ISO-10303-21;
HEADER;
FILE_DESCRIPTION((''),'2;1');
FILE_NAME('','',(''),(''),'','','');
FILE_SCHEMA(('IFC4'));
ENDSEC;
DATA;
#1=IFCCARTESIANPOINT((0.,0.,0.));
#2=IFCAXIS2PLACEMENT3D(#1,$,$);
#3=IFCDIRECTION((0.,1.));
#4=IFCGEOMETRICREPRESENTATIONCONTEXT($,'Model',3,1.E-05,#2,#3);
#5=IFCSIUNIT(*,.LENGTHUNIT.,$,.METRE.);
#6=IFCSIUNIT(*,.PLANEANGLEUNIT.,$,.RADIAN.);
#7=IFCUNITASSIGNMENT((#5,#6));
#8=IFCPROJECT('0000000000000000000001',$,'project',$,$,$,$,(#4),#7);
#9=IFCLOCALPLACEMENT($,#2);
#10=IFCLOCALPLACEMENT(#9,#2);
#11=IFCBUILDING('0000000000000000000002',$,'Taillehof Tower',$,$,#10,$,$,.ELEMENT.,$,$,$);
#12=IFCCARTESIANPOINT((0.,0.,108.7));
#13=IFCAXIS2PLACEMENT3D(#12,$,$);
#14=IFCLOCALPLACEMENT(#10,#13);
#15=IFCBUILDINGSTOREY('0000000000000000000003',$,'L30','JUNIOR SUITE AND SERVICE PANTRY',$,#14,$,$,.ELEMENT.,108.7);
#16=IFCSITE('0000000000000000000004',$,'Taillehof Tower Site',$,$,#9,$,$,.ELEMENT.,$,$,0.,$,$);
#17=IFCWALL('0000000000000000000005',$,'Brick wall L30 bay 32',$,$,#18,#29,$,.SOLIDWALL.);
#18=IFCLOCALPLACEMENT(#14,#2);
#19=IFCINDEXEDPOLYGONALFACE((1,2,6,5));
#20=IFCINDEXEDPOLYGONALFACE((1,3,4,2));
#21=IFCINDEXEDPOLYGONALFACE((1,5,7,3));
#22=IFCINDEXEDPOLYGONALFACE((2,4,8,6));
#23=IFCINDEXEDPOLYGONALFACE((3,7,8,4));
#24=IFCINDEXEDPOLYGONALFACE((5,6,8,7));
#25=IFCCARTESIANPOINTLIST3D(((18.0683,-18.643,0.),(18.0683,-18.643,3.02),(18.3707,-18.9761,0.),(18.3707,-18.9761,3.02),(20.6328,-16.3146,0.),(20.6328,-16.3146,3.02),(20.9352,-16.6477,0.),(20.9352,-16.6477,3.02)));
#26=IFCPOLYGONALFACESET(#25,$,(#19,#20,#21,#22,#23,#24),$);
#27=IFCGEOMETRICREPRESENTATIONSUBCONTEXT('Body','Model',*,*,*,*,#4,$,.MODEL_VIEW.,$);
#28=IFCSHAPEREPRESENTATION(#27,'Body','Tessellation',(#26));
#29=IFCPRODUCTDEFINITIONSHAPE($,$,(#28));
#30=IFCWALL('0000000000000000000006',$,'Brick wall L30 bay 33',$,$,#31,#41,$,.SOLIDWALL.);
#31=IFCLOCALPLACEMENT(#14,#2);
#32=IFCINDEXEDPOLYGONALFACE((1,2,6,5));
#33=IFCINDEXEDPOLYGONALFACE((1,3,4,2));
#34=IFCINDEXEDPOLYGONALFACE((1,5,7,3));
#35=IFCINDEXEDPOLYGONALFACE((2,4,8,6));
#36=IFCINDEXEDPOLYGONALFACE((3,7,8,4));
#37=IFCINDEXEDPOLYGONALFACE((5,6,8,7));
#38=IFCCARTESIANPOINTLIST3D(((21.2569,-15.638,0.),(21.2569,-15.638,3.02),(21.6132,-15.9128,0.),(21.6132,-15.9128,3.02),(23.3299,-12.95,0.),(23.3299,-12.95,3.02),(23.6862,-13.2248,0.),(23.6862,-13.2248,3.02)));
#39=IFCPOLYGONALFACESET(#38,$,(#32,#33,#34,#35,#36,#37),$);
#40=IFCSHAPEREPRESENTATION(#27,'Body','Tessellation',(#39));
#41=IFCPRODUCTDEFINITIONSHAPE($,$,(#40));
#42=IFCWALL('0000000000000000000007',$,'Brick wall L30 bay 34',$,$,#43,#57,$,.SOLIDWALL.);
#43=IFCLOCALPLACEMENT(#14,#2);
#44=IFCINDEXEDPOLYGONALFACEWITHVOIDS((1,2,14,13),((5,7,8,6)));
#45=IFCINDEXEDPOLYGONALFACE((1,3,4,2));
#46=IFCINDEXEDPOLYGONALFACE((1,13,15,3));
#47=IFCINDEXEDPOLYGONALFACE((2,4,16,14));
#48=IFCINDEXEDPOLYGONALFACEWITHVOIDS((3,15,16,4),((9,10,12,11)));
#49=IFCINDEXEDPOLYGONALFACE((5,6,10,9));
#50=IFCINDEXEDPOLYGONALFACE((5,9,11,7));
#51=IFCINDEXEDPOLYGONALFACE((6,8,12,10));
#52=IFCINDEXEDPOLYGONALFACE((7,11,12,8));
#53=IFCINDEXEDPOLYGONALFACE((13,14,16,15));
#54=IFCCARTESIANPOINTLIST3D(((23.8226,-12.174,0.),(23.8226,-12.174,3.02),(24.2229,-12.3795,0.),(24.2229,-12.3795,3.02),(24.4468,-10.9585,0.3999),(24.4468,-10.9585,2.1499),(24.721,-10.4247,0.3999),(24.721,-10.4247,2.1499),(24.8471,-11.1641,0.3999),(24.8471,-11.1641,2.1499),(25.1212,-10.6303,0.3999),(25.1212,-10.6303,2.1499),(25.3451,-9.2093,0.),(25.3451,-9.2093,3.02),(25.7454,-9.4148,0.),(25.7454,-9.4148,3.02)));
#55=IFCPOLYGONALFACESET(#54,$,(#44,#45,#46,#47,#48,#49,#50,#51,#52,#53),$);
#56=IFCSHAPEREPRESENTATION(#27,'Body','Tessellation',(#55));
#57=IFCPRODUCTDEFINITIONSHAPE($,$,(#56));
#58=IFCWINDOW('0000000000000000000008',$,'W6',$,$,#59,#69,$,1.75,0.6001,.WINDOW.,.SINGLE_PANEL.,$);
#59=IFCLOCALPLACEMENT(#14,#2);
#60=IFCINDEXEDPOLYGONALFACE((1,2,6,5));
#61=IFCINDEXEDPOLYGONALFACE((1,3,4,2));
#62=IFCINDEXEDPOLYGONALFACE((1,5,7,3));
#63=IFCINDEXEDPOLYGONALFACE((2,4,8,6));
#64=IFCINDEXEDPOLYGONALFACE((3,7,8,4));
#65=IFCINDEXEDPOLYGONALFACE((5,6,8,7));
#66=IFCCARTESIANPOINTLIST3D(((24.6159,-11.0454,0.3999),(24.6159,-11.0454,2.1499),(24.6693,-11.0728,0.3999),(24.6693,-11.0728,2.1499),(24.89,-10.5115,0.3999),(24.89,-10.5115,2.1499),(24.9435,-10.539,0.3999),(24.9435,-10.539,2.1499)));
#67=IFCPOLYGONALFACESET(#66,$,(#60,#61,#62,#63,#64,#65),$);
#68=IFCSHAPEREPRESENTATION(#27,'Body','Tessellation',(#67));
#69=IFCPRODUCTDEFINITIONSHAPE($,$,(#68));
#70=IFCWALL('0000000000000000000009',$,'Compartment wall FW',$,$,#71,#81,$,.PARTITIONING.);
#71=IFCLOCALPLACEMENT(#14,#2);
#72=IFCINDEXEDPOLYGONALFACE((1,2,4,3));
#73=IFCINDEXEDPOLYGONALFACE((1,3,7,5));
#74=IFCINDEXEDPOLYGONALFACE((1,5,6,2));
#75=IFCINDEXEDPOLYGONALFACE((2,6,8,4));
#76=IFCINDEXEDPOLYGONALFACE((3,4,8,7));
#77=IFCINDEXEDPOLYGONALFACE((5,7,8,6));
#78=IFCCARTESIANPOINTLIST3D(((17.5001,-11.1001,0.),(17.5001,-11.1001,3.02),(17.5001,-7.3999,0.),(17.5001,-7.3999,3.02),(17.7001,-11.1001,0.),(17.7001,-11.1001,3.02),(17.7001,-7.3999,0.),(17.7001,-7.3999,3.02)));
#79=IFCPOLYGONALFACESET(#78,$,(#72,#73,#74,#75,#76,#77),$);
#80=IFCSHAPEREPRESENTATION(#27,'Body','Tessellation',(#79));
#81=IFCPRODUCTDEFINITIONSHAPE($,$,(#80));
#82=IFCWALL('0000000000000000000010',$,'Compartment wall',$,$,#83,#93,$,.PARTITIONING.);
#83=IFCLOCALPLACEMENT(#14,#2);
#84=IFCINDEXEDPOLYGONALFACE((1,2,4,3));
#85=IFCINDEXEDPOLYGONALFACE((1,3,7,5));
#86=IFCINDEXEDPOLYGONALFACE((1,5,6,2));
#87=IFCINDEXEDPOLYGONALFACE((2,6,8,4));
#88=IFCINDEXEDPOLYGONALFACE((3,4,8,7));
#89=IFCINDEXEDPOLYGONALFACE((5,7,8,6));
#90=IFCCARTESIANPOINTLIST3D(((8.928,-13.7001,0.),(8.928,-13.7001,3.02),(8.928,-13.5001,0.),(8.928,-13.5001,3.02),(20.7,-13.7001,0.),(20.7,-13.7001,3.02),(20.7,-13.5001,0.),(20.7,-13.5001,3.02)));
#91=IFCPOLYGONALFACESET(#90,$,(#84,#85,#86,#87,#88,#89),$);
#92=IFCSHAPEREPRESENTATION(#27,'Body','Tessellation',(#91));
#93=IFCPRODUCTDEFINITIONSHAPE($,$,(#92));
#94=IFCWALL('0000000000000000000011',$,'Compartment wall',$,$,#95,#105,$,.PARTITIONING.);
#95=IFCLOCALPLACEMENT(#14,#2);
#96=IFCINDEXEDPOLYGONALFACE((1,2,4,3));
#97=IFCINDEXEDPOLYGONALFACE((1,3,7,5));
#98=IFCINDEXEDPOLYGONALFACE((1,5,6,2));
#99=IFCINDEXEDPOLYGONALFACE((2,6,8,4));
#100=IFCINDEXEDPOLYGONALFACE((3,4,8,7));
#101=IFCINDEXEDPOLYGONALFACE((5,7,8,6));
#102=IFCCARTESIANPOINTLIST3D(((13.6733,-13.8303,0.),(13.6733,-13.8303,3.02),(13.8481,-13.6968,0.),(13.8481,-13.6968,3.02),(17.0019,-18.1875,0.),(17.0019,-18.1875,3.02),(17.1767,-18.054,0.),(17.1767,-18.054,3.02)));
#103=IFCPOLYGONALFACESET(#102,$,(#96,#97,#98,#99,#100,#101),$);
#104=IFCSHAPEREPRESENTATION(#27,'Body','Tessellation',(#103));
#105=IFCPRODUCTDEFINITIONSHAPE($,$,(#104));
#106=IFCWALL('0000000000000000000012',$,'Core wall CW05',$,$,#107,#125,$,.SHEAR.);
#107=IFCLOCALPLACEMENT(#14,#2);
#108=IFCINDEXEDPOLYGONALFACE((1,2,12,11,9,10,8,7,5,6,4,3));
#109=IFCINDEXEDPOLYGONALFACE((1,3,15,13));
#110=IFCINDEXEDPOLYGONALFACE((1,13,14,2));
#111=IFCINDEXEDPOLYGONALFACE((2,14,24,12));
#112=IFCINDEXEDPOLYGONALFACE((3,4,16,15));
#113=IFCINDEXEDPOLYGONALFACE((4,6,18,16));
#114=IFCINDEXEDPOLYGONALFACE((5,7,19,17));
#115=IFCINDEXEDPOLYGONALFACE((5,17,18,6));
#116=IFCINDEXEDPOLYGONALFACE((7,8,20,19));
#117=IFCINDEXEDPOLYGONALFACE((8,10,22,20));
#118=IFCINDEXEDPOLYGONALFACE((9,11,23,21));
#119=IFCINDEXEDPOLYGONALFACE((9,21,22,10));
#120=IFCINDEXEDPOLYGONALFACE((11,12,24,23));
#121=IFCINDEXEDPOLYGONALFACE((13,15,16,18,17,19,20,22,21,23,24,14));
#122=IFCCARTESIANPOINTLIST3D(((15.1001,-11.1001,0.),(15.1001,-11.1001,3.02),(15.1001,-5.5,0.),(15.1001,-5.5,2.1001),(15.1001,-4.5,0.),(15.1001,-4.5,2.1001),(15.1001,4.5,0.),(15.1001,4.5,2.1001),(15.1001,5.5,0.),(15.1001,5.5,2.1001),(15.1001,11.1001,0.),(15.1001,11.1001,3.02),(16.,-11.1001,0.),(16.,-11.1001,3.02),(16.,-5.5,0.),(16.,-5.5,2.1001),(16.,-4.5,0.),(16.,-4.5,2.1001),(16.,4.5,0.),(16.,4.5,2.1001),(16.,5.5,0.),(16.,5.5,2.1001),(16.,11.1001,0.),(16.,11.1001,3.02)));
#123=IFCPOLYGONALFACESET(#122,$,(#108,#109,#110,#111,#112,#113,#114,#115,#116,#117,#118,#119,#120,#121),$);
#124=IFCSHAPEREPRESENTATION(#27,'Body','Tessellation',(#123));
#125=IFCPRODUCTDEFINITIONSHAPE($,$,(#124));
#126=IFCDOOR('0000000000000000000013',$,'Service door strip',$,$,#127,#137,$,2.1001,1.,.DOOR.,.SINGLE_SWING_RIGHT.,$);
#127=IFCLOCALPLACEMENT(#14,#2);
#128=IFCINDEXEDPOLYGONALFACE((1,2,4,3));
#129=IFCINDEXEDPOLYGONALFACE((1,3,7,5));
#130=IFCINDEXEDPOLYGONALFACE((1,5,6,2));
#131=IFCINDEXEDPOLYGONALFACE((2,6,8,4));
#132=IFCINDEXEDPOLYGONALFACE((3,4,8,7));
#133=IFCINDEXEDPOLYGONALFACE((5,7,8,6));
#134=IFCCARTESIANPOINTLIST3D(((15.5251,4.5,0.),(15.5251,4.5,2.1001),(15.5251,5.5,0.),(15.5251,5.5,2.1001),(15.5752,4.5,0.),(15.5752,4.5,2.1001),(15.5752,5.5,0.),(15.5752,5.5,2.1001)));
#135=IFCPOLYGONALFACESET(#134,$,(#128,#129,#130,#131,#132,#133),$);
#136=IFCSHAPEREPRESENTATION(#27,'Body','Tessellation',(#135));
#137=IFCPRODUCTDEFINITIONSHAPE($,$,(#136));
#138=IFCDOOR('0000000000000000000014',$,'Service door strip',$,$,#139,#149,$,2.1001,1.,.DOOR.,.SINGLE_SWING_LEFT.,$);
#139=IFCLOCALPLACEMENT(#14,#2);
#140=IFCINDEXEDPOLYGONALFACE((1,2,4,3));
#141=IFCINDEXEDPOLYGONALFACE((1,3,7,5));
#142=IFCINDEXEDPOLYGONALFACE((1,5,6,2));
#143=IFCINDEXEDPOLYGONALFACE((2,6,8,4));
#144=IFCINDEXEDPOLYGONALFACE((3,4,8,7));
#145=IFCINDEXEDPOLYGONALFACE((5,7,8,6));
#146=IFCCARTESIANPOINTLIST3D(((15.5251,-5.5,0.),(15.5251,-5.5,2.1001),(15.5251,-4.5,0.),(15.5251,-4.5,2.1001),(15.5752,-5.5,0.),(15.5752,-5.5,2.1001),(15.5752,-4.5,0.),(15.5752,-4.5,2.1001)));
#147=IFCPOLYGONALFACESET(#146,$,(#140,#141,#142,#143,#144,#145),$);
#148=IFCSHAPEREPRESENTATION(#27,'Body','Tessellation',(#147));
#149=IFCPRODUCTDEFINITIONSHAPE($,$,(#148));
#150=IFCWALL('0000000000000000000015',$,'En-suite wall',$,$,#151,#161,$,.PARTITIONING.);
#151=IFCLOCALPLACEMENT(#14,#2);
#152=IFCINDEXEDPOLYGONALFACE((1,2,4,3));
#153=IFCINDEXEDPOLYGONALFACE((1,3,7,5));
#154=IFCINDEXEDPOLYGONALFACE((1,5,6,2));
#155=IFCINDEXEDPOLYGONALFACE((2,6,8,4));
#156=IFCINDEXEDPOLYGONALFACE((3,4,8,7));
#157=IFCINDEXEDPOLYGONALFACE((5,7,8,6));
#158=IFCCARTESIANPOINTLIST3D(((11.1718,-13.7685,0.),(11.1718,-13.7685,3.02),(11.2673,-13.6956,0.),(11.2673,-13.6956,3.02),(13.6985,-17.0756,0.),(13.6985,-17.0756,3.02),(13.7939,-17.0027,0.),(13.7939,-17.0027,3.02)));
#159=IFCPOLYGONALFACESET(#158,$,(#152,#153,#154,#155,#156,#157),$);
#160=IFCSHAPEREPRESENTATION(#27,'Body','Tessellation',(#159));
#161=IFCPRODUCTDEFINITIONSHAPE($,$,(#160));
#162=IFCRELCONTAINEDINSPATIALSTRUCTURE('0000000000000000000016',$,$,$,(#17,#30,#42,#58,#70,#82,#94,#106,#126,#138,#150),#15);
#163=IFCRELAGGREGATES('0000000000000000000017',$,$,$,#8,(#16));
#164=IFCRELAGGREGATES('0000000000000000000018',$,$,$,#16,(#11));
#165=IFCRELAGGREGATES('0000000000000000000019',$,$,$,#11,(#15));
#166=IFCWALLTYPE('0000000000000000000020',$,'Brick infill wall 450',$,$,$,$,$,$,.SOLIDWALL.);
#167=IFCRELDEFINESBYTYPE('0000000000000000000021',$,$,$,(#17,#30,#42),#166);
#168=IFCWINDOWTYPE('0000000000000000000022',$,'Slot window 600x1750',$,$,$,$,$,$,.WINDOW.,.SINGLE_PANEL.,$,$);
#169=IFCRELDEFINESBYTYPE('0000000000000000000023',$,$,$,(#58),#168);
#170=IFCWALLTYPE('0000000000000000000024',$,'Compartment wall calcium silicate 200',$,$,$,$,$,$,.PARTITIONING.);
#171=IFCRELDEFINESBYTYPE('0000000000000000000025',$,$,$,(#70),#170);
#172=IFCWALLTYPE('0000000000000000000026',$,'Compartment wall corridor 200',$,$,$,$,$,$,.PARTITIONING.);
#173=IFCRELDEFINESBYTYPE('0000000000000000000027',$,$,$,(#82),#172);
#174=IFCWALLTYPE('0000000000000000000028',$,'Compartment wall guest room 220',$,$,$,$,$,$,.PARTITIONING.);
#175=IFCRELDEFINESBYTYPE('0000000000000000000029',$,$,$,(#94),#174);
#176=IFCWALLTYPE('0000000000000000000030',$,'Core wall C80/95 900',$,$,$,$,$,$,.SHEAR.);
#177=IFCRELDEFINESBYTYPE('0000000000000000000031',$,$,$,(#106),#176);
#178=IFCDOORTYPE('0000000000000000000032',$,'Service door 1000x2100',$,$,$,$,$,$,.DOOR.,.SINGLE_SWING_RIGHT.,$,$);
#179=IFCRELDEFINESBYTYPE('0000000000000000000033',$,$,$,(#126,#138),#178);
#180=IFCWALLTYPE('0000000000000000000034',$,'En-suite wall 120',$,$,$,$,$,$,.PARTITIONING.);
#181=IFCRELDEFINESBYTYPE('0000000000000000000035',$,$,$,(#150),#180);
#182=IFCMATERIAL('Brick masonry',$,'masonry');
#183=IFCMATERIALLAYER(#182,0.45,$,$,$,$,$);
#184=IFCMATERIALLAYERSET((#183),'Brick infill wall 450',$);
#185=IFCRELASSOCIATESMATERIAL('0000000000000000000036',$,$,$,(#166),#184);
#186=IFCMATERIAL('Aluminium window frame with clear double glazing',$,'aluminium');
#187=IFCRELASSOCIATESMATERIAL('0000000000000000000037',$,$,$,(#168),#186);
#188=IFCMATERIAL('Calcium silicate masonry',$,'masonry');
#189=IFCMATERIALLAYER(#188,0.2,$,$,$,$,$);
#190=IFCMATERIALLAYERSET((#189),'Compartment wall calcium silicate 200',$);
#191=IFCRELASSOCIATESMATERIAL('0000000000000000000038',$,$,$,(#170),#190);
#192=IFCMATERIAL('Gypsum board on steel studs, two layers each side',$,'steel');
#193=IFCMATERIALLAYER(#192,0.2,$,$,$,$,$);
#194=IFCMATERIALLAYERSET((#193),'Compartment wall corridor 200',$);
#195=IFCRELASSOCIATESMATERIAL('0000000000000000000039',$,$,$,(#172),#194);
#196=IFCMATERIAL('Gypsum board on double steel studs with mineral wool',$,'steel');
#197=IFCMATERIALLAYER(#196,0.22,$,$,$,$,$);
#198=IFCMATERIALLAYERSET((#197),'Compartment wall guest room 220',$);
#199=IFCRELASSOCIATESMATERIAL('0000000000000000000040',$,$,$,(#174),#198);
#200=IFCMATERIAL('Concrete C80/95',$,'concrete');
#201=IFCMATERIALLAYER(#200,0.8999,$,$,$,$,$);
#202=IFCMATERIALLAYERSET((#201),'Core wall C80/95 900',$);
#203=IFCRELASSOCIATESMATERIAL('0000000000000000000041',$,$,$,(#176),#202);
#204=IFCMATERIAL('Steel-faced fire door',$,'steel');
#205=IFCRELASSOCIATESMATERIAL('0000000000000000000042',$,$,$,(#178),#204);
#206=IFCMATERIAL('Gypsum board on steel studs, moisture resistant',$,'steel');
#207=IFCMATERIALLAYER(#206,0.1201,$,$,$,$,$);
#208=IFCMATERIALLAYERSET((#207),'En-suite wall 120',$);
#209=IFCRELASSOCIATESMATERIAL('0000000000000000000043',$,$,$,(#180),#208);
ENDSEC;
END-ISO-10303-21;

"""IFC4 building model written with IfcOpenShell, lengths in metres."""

from ifc_helpers import new_model, si_unit, direction, frame, frame_2d, origin, place, context, subcontext, project, spatial, rectangle, extrude, material, layer, layer_set, type_object, element, fill, save


model = new_model("IFC4")

# Units and contexts
model_context = context("Model", 3, precision=1e-05, world=origin(), true_north=direction((0.0, 1.0)))
body_context = subcontext(model_context, "Body", "Model", "MODEL_VIEW")
ifc_project = project(units=[si_unit("LENGTHUNIT", "METRE"), si_unit("PLANEANGLEUNIT", "RADIAN")], contexts=[model_context])

# Site, building, storey
site_placement = place(None, origin())
site = spatial("IfcSite", under=ifc_project, at=site_placement, Name="Taillehof Tower Site", CompositionType="ELEMENT", RefElevation=0.0)
building_placement = place(site_placement, origin())
building = spatial("IfcBuilding", under=site, at=building_placement, Name="Taillehof Tower", CompositionType="ELEMENT")
storey_placement = place(building_placement, frame((0.0, 0.0, 108.7)))
storey = spatial("IfcBuildingStorey", under=building, at=storey_placement, Name="L30", Description="JUNIOR SUITE AND SERVICE PANTRY", CompositionType="ELEMENT", Elevation=108.7)

# Shared definitions
ifc_material_1 = material(Name="Brick masonry", Category="masonry")
ifc_layer_1 = layer(ifc_material_1, 0.45)
ifc_layer_set_1 = layer_set([ifc_layer_1], Name="Brick infill wall 450")
wall_type_1 = type_object("IfcWallType", Name="Brick infill wall 450", PredefinedType="SOLIDWALL", material=ifc_layer_set_1)

# Walls
wall_1_placement = place(storey_placement, frame((18.2195, -18.8096, 0.0), z_axis=(0.0, 0.0, 1.0), x_axis=(0.740364, 0.672206, 0.0)))
element("IfcWall", 1, at=wall_1_placement, inside=storey, type_object=wall_type_1, Name="Brick wall L30 bay 32", PredefinedType="SOLIDWALL", context=body_context, shape_type="SweptSolid", body=[
    extrude(rectangle(XDim=3.4639, YDim=0.45, at=frame_2d((1.7319, 0.0))), origin(), (0.0, 0.0, 1.0), 3.02),
])
wall_2_placement = place(storey_placement, frame((21.4351, -15.7754, 0.0), z_axis=(0.0, 0.0, 1.0), x_axis=(0.610694, 0.791867, 0.0)))
element("IfcWall", 2, at=wall_2_placement, inside=storey, type_object=wall_type_1, Name="Brick wall L30 bay 33", PredefinedType="SOLIDWALL", context=body_context, shape_type="SweptSolid", body=[
    extrude(rectangle(XDim=3.3945, YDim=0.45, at=frame_2d((1.6973, 0.0))), origin(), (0.0, 0.0, 1.0), 3.02),
])

# Wall, opening, window
wall_3_placement = place(storey_placement, frame((24.0227, -12.2769, 0.0), z_axis=(0.0, 0.0, 1.0), x_axis=(0.456828, 0.889555, 0.0)))
wall_3 = element("IfcWall", 3, at=wall_3_placement, inside=storey, type_object=wall_type_1, Name="Brick wall L30 bay 34", PredefinedType="SOLIDWALL", context=body_context, shape_type="SweptSolid", body=[
    extrude(rectangle(XDim=3.3328, YDim=0.45, at=frame_2d((1.6665, 0.0))), origin(), (0.0, 0.0, 1.0), 3.02),
])
opening_1_placement = place(wall_3_placement, frame((1.3665, 0.0, 0.3999)))
opening_1 = element("IfcOpeningElement", 4, at=opening_1_placement, cuts=wall_3, PredefinedType="OPENING", context=body_context, shape_type="SweptSolid", body=[
    extrude(rectangle(XDim=0.6001, YDim=1.75, at=frame_2d((0.3, 0.875))), frame((0.0, 0.2349, 0.0), z_axis=(0.0, -1.0, 0.0), x_axis=(1.0, 0.0, 0.0)), (0.0, 0.0, 1.0), 0.47),
])
ifc_material_2 = material(Name="Aluminium window frame with clear double glazing", Category="aluminium")
window_type_1 = type_object("IfcWindowType", Name="Slot window 600x1750", PartitioningType="SINGLE_PANEL", PredefinedType="WINDOW", material=ifc_material_2)
window_1_placement = place(opening_1_placement, origin())
window_1 = element("IfcWindow", 5, at=window_1_placement, inside=storey, type_object=window_type_1, Name="W6", OverallHeight=1.75, OverallWidth=0.6001, PartitioningType="SINGLE_PANEL", PredefinedType="WINDOW", context=body_context, shape_type="SweptSolid", body=[
    extrude(rectangle(XDim=0.6001, YDim=1.75, at=frame_2d((0.3, 0.875))), frame((0.0, 0.0349, 0.0), z_axis=(0.0, -1.0, 0.0), x_axis=(1.0, 0.0, 0.0)), (0.0, 0.0, 1.0), 0.0601),
])
fill(opening_1, window_1)

# Walls
ifc_material_3 = material(Name="Calcium silicate masonry", Category="masonry")
ifc_layer_2 = layer(ifc_material_3, 0.2)
ifc_layer_set_2 = layer_set([ifc_layer_2], Name="Compartment wall calcium silicate 200")
wall_type_2 = type_object("IfcWallType", Name="Compartment wall calcium silicate 200", PredefinedType="PARTITIONING", material=ifc_layer_set_2)
wall_4_placement = place(storey_placement, frame((17.6001, -11.1001, 0.0), z_axis=(0.0, 0.0, 1.0), x_axis=(0.0, 1.0, 0.0)))
element("IfcWall", 6, at=wall_4_placement, inside=storey, type_object=wall_type_2, Name="Compartment wall FW", PredefinedType="PARTITIONING", context=body_context, shape_type="SweptSolid", body=[
    extrude(rectangle(XDim=3.7002, YDim=0.2, at=frame_2d((1.8501, 0.0))), origin(), (0.0, 0.0, 1.0), 3.02),
])
ifc_material_4 = material(Name="Gypsum board on steel studs, two layers each side", Category="steel")
ifc_layer_3 = layer(ifc_material_4, 0.2)
ifc_layer_set_3 = layer_set([ifc_layer_3], Name="Compartment wall corridor 200")
wall_type_3 = type_object("IfcWallType", Name="Compartment wall corridor 200", PredefinedType="PARTITIONING", material=ifc_layer_set_3)
wall_5_placement = place(storey_placement, frame((20.7, -13.6001, 0.0), z_axis=(0.0, 0.0, 1.0), x_axis=(-1.0, 0.0, 0.0)))
element("IfcWall", 7, at=wall_5_placement, inside=storey, type_object=wall_type_3, Name="Compartment wall", PredefinedType="PARTITIONING", context=body_context, shape_type="SweptSolid", body=[
    extrude(rectangle(XDim=11.772, YDim=0.2, at=frame_2d((5.886, 0.0))), origin(), (0.0, 0.0, 1.0), 3.02),
])
ifc_material_5 = material(Name="Gypsum board on double steel studs with mineral wool", Category="steel")
ifc_layer_4 = layer(ifc_material_5, 0.22)
ifc_layer_set_4 = layer_set([ifc_layer_4], Name="Compartment wall guest room 220")
wall_type_4 = type_object("IfcWallType", Name="Compartment wall guest room 220", PredefinedType="PARTITIONING", material=ifc_layer_set_4)
wall_6_placement = place(storey_placement, frame((17.0894, -18.1208, 0.0), z_axis=(0.0, 0.0, 1.0), x_axis=(-0.607065, 0.794652, 0.0)))
element("IfcWall", 8, at=wall_6_placement, inside=storey, type_object=wall_type_4, Name="Compartment wall", PredefinedType="PARTITIONING", context=body_context, shape_type="SweptSolid", body=[
    extrude(rectangle(XDim=5.4832, YDim=0.22, at=frame_2d((2.7417, 0.0))), origin(), (0.0, 0.0, 1.0), 3.02),
])

# Wall, openings, doors
ifc_material_6 = material(Name="Concrete C80/95", Category="concrete")
ifc_layer_5 = layer(ifc_material_6, 0.8999)
ifc_layer_set_5 = layer_set([ifc_layer_5], Name="Core wall C80/95 900")
wall_type_5 = type_object("IfcWallType", Name="Core wall C80/95 900", PredefinedType="SHEAR", material=ifc_layer_set_5)
wall_7_placement = place(storey_placement, frame((15.55, -11.1001, 0.0), z_axis=(0.0, 0.0, 1.0), x_axis=(0.0, 1.0, 0.0)))
wall_7 = element("IfcWall", 9, at=wall_7_placement, inside=storey, type_object=wall_type_5, Name="Core wall CW05", PredefinedType="SHEAR", context=body_context, shape_type="SweptSolid", body=[
    extrude(rectangle(XDim=22.2002, YDim=0.8999, at=frame_2d((11.1001, 0.0))), origin(), (0.0, 0.0, 1.0), 3.02),
])
opening_2_placement = place(wall_7_placement, frame((15.6001, 0.0, 0.0)))
opening_2 = element("IfcOpeningElement", 10, at=opening_2_placement, cuts=wall_7, PredefinedType="OPENING", context=body_context, shape_type="SweptSolid", body=[
    extrude(rectangle(XDim=1.0, YDim=2.1001, at=frame_2d((0.5, 1.05))), frame((0.0, 0.46, 0.0), z_axis=(0.0, -1.0, 0.0), x_axis=(1.0, 0.0, 0.0)), (0.0, 0.0, 1.0), 0.9199),
])
opening_3_placement = place(wall_7_placement, frame((5.6001, 0.0, 0.0)))
opening_3 = element("IfcOpeningElement", 11, at=opening_3_placement, cuts=wall_7, PredefinedType="OPENING", context=body_context, shape_type="SweptSolid", body=[
    extrude(rectangle(XDim=1.0, YDim=2.1001, at=frame_2d((0.5, 1.05))), frame((0.0, 0.46, 0.0), z_axis=(0.0, -1.0, 0.0), x_axis=(1.0, 0.0, 0.0)), (0.0, 0.0, 1.0), 0.9199),
])
ifc_material_7 = material(Name="Steel-faced fire door", Category="steel")
door_type_1 = type_object("IfcDoorType", Name="Service door 1000x2100", OperationType="SINGLE_SWING_RIGHT", PredefinedType="DOOR", material=ifc_material_7)
door_1_placement = place(opening_2_placement, origin())
door_1 = element("IfcDoor", 12, at=door_1_placement, inside=storey, type_object=door_type_1, Name="Service door strip", OperationType="SINGLE_SWING_RIGHT", OverallHeight=2.1001, OverallWidth=1.0, PredefinedType="DOOR", context=body_context, shape_type="SweptSolid", body=[
    extrude(rectangle(XDim=1.0, YDim=2.1001, at=frame_2d((0.5, 1.05))), frame((0.0, 0.0249, 0.0), z_axis=(0.0, -1.0, 0.0), x_axis=(1.0, 0.0, 0.0)), (0.0, 0.0, 1.0), 0.05),
])
fill(opening_2, door_1)
door_2_placement = place(opening_3_placement, origin())
door_2 = element("IfcDoor", 13, at=door_2_placement, inside=storey, type_object=door_type_1, Name="Service door strip", OperationType="SINGLE_SWING_LEFT", OverallHeight=2.1001, OverallWidth=1.0, PredefinedType="DOOR", context=body_context, shape_type="SweptSolid", body=[
    extrude(rectangle(XDim=1.0, YDim=2.1001, at=frame_2d((0.5, 1.05))), frame((0.0, 0.0249, 0.0), z_axis=(0.0, -1.0, 0.0), x_axis=(1.0, 0.0, 0.0)), (0.0, 0.0, 1.0), 0.05),
])
fill(opening_3, door_2)

# Wall
ifc_material_8 = material(Name="Gypsum board on steel studs, moisture resistant", Category="steel")
ifc_layer_6 = layer(ifc_material_8, 0.1201)
ifc_layer_set_6 = layer_set([ifc_layer_6], Name="En-suite wall 120")
wall_type_6 = type_object("IfcWallType", Name="En-suite wall 120", PredefinedType="PARTITIONING", material=ifc_layer_set_6)
wall_8_placement = place(storey_placement, frame((11.2195, -13.7319, 0.0), z_axis=(0.0, 0.0, 1.0), x_axis=(0.607091, -0.794632, 0.0)))
element("IfcWall", 14, at=wall_8_placement, inside=storey, type_object=wall_type_6, Name="En-suite wall", PredefinedType="PARTITIONING", context=body_context, shape_type="SweptSolid", body=[
    extrude(rectangle(XDim=4.1619, YDim=0.1201, at=frame_2d((2.0811, 0.0))), origin(), (0.0, 0.0, 1.0), 3.02),
])

save(model, "model.ifc")
